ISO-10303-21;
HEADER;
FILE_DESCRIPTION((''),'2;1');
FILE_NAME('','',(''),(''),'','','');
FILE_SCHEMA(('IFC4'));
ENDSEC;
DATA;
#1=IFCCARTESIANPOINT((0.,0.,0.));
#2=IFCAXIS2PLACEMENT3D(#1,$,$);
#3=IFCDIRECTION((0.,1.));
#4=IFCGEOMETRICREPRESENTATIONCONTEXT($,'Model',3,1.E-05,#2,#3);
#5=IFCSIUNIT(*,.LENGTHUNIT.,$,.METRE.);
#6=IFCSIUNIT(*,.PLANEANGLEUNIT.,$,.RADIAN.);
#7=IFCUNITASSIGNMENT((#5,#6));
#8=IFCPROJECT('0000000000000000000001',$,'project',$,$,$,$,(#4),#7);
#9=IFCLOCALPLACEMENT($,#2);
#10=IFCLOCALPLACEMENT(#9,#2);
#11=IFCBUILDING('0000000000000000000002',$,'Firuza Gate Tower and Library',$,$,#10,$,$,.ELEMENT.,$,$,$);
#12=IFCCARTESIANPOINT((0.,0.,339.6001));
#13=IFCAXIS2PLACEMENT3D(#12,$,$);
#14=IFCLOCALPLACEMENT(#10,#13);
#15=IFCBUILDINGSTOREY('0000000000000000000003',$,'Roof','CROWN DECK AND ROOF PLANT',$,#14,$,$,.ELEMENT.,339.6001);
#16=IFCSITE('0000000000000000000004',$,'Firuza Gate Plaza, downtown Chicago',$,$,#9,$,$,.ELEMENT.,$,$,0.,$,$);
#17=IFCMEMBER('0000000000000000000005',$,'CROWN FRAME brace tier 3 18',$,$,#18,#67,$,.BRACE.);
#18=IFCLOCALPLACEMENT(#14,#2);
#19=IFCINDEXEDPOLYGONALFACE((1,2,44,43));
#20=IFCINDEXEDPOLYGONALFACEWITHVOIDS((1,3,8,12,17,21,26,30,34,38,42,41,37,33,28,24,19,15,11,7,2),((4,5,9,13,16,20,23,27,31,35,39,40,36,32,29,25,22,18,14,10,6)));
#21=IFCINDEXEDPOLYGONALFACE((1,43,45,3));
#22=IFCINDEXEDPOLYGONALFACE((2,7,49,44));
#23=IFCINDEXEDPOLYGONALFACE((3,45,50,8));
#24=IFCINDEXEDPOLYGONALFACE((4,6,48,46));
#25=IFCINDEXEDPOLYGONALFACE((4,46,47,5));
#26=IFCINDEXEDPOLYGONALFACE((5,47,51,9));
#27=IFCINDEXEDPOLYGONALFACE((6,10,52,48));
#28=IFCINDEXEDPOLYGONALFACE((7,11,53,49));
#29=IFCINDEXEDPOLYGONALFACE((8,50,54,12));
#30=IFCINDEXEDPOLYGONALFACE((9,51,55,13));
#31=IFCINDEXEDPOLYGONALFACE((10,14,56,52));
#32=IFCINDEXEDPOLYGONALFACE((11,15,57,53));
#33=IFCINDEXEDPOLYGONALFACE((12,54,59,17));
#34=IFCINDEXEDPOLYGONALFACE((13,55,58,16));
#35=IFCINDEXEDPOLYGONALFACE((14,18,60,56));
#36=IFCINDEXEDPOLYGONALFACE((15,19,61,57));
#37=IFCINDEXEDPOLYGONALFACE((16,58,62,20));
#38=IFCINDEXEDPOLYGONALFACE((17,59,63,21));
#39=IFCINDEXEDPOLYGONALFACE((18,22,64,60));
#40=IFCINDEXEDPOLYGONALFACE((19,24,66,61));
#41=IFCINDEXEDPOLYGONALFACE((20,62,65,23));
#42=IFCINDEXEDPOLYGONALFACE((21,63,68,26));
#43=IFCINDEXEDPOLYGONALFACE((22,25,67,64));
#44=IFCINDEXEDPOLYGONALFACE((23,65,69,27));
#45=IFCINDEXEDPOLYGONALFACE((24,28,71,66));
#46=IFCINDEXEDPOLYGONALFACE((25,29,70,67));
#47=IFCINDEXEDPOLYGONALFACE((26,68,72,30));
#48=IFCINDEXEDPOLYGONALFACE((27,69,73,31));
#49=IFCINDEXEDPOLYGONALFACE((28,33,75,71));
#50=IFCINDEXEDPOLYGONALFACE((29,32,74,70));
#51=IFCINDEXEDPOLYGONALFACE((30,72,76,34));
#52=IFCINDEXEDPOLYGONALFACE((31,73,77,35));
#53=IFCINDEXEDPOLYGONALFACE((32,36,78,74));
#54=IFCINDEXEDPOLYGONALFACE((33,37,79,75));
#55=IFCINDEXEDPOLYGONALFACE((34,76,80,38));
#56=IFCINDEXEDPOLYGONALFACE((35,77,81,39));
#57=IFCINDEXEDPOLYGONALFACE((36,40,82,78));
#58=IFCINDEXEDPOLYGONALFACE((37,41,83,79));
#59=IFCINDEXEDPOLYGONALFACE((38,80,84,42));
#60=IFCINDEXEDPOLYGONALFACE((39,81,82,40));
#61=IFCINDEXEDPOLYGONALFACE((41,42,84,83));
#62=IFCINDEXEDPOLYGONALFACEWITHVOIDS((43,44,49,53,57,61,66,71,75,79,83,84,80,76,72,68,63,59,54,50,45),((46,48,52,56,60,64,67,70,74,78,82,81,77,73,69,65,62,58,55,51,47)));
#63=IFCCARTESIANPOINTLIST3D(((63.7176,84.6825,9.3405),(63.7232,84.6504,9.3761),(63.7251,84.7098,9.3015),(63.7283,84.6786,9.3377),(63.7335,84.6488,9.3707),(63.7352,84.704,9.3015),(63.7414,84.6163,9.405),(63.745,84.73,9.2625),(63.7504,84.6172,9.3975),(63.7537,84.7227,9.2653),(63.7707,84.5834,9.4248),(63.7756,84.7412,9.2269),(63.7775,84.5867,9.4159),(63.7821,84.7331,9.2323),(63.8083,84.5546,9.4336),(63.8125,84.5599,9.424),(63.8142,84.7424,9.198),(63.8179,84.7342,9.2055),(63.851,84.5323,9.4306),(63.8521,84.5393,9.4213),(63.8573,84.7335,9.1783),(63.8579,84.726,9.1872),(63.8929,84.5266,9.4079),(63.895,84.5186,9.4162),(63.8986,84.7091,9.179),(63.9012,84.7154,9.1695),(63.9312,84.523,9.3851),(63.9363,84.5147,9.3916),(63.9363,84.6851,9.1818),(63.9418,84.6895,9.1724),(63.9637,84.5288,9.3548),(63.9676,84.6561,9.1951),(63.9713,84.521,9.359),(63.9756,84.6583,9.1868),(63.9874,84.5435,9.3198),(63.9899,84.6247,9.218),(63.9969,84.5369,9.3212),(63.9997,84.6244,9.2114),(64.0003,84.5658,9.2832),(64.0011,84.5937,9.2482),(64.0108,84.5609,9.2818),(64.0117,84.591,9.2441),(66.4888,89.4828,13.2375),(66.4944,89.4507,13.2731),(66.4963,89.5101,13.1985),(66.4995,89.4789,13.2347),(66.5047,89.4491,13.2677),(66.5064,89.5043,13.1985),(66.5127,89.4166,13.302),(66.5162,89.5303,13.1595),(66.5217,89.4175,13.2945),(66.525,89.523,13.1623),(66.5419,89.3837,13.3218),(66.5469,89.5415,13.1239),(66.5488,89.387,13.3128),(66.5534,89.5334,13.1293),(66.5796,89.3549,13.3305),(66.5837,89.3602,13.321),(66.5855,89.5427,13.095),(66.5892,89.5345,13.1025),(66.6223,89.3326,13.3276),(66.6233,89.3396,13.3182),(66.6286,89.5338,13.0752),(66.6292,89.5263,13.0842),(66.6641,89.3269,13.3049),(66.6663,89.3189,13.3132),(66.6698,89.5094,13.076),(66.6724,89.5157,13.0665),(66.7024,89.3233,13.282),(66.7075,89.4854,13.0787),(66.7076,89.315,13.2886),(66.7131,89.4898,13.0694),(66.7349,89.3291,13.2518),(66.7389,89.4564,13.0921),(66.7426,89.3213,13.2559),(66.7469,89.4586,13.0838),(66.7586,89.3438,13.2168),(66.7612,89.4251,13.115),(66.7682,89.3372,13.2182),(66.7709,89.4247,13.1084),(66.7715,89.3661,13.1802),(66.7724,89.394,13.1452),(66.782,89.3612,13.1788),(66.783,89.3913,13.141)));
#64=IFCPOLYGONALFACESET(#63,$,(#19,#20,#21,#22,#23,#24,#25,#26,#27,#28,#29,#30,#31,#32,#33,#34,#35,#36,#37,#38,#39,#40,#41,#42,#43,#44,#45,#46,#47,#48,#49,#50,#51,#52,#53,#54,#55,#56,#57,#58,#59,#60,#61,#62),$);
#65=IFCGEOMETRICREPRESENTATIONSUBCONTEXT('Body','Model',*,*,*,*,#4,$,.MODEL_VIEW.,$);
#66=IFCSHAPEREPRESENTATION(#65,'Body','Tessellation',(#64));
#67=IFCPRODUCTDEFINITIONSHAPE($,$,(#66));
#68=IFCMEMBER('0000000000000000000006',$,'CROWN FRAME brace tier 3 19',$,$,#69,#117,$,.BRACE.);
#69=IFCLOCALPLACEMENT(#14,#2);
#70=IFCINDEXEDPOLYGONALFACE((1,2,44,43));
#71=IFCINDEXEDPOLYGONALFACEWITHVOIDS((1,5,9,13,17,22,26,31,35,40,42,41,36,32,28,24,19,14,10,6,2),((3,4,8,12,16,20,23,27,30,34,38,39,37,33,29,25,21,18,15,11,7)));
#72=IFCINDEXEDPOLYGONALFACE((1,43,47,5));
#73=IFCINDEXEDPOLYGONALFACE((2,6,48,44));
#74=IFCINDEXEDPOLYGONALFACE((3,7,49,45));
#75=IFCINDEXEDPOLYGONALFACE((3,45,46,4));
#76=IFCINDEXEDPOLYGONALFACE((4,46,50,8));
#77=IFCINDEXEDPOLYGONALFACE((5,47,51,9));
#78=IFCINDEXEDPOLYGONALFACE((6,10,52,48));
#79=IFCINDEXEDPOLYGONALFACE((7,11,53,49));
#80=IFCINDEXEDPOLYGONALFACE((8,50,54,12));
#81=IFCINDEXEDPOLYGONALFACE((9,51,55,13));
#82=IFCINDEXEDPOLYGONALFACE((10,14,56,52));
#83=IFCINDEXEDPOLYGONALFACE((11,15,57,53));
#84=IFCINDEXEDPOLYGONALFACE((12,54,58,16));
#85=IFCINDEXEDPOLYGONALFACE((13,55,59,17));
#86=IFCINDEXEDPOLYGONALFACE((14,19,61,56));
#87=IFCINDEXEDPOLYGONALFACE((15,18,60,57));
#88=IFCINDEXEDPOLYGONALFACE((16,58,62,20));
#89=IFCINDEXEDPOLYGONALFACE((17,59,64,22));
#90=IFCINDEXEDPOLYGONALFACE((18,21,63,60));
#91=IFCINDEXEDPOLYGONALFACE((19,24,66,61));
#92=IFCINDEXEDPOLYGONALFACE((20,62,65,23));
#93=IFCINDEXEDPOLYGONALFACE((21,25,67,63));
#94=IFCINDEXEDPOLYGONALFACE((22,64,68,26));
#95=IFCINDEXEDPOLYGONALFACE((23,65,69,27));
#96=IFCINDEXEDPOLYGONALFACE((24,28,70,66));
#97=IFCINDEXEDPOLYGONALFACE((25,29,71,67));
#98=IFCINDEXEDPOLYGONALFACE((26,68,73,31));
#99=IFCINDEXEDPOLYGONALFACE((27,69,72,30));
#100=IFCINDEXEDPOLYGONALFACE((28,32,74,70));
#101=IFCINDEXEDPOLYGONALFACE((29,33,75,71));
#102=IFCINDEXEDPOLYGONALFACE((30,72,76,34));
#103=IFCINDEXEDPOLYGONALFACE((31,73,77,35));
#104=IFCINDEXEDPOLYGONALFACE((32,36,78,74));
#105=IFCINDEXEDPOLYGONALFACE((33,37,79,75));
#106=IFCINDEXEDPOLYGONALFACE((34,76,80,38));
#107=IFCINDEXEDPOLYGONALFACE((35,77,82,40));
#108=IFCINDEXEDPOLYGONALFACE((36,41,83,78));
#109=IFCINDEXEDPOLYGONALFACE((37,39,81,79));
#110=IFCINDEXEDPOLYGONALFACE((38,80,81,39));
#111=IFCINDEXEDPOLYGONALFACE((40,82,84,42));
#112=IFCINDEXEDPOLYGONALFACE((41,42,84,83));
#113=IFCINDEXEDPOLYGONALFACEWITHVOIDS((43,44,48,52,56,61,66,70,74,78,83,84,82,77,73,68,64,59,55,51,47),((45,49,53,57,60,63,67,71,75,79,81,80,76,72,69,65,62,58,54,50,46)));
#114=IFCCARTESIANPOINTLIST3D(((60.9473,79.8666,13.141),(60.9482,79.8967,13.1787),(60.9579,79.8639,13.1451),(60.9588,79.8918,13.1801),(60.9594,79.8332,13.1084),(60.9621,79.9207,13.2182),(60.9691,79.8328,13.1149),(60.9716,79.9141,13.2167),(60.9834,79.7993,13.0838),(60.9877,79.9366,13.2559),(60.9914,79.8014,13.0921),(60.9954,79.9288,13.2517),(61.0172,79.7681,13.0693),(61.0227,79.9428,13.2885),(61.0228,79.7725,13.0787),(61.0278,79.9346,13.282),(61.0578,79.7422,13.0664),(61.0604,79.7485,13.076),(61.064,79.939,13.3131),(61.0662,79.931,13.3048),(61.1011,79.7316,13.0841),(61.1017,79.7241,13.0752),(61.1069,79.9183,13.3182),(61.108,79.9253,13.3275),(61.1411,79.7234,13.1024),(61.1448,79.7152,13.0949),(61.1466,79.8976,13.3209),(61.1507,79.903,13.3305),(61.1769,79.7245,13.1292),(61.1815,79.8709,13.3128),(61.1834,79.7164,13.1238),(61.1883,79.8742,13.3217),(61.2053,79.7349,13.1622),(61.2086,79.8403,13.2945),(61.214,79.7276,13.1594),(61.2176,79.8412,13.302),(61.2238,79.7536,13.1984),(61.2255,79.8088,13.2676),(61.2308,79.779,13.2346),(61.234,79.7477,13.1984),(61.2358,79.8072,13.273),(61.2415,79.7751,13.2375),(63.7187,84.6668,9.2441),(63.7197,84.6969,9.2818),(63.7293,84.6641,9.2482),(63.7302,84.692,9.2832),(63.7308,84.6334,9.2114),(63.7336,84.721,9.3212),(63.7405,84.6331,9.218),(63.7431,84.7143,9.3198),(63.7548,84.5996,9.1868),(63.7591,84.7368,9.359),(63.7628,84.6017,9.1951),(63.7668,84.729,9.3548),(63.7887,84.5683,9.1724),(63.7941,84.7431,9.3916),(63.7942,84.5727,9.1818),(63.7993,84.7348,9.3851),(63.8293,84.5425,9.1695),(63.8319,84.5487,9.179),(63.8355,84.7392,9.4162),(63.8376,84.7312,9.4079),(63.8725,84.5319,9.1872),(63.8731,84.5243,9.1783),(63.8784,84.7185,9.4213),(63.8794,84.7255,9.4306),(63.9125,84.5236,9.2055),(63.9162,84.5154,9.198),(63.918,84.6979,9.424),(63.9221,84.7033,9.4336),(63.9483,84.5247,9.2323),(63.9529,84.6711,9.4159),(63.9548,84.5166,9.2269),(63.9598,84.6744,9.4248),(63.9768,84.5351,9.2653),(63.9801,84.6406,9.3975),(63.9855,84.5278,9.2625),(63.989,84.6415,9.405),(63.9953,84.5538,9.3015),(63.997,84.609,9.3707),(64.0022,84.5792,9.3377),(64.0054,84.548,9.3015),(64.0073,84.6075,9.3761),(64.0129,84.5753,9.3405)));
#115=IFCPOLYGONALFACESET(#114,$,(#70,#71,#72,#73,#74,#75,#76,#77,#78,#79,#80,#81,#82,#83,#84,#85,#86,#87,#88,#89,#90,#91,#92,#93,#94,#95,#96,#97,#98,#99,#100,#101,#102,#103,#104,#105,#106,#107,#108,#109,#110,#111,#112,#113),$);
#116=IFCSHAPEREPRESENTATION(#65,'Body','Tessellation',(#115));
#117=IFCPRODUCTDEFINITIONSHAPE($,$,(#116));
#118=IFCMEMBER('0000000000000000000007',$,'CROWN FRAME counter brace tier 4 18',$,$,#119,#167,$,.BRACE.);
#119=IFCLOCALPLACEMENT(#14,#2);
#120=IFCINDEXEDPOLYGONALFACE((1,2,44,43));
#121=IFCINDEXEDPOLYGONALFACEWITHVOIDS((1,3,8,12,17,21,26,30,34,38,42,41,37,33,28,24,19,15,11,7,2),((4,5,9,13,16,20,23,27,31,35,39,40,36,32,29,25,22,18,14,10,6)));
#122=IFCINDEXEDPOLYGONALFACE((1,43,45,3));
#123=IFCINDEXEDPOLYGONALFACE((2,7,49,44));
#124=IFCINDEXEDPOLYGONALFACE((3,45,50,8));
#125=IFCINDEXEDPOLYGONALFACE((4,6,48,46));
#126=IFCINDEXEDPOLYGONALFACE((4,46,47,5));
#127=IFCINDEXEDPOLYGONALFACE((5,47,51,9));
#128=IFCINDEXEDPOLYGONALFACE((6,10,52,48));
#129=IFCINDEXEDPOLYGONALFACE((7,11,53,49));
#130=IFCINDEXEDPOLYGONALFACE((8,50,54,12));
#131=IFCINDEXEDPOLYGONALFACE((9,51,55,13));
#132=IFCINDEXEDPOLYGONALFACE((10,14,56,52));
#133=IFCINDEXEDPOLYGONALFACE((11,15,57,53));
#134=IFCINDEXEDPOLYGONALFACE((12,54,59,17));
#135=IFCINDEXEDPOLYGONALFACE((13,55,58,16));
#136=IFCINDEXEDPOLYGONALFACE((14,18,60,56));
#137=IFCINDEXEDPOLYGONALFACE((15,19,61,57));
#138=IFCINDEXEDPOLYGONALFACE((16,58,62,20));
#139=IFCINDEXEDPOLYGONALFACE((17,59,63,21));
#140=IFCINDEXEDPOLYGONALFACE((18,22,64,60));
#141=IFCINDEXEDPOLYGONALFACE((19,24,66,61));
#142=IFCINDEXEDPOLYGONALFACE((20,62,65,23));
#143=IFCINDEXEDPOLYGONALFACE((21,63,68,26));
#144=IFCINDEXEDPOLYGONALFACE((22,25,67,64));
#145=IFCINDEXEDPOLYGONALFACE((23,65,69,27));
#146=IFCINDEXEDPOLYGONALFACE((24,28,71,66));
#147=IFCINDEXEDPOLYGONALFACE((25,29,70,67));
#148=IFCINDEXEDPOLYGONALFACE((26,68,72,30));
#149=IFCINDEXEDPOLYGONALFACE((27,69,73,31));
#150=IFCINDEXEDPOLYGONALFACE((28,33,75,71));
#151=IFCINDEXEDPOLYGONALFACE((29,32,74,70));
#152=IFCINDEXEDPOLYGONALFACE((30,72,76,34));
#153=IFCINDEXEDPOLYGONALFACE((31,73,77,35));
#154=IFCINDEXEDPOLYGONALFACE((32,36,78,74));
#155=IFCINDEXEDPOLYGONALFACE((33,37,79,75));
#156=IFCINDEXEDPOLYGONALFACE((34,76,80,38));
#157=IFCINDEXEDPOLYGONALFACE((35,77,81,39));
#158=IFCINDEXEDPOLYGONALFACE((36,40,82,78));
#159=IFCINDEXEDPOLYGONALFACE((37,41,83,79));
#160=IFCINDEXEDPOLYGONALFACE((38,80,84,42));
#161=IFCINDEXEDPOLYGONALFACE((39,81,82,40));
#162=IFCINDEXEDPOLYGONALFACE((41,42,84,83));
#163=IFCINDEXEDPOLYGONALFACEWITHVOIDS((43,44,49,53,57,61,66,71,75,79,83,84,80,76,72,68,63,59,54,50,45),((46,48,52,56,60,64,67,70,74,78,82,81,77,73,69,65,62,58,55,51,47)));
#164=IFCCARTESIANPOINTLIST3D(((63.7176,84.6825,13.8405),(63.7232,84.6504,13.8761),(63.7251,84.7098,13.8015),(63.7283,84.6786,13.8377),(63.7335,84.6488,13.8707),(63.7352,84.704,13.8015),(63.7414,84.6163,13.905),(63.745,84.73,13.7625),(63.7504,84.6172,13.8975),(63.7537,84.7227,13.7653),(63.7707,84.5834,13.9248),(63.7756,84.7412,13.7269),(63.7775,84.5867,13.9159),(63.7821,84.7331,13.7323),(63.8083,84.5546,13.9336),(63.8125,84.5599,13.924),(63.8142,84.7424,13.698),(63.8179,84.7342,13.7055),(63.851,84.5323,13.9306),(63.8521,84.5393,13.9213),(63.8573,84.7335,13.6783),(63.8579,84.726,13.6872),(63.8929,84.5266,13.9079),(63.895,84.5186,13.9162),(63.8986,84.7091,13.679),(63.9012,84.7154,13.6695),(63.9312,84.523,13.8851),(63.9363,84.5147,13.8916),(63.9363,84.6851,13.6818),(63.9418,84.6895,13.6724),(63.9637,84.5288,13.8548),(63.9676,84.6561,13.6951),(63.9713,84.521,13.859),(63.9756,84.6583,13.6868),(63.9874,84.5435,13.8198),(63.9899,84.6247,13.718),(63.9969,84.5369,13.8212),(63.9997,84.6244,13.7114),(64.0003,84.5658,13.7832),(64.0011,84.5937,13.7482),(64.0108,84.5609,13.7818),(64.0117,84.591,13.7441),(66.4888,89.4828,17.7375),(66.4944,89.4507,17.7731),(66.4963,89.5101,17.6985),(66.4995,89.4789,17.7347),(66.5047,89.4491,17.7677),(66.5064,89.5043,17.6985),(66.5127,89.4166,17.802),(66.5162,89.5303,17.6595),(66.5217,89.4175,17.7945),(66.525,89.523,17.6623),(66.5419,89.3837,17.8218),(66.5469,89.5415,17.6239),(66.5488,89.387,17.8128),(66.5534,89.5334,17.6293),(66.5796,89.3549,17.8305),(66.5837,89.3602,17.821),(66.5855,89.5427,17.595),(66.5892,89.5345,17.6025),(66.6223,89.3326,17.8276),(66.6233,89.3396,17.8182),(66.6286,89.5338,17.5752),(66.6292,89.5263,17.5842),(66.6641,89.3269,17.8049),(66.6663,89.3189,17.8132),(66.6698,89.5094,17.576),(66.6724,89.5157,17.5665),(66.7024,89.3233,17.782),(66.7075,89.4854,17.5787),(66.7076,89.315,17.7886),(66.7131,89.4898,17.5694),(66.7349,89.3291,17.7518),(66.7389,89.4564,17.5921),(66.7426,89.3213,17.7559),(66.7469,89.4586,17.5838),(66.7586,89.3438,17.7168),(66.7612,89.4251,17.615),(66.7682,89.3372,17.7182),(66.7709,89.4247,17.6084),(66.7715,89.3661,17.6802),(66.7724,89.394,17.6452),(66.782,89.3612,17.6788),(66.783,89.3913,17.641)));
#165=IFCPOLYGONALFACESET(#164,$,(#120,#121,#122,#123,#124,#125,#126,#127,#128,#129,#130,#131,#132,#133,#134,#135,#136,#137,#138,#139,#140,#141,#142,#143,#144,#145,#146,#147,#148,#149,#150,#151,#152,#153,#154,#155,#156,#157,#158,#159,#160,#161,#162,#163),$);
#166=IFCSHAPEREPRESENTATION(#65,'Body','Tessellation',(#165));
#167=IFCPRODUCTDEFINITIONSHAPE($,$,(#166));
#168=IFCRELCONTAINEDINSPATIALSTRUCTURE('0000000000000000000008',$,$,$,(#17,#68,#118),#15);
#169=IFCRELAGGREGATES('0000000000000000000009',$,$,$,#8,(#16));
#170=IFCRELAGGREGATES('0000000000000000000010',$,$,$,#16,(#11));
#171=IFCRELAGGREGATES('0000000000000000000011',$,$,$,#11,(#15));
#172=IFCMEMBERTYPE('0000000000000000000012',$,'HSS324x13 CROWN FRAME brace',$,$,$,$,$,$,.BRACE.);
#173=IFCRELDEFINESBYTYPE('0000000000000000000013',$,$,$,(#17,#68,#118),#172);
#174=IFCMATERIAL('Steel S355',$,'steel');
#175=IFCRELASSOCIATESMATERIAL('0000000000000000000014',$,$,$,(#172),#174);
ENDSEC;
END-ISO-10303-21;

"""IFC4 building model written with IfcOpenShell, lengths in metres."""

from ifc_helpers import new_model, si_unit, direction, frame, origin, origin_2d, place, context, subcontext, project, spatial, hollow_circle, extrude, material, material_profile, profile_set, type_object, element, save


model = new_model("IFC4")

# Units and contexts
model_context = context("Model", 3, precision=1e-05, world=origin(), true_north=direction((0.0, 1.0)))
body_context = subcontext(model_context, "Body", "Model", "MODEL_VIEW")
ifc_project = project(units=[si_unit("LENGTHUNIT", "METRE"), si_unit("PLANEANGLEUNIT", "RADIAN")], contexts=[model_context])

# Site, building, storey
site_placement = place(None, origin())
site = spatial("IfcSite", under=ifc_project, at=site_placement, Name="Firuza Gate Plaza, downtown Chicago", CompositionType="ELEMENT", RefElevation=0.0)
building_placement = place(site_placement, origin())
building = spatial("IfcBuilding", under=site, at=building_placement, Name="Firuza Gate Tower and Library", CompositionType="ELEMENT")
storey_placement = place(building_placement, frame((0.0, 0.0, 339.6001)))
storey = spatial("IfcBuildingStorey", under=building, at=storey_placement, Name="Roof", Description="CROWN DECK AND ROOF PLANT", CompositionType="ELEMENT", Elevation=339.6001)

# Members
ifc_material_1 = material(Name="Steel S355", Category="steel")
ifc_material_profile_1 = material_profile(ifc_material_1, hollow_circle(Radius=0.1619, WallThickness=0.0117, at=origin_2d()))
ifc_profile_set_1 = profile_set([ifc_material_profile_1], Name="Steel S355")
member_type_1 = type_object("IfcMemberType", Name="HSS324x13 CROWN FRAME brace", PredefinedType="BRACE", material=ifc_profile_set_1)
for number, where, z_axis, x_axis, name in (
    (1, (63.8652, 84.6289, 9.3015), (0.409002, 0.708466, 0.575147), (-0.866042, 0.499972, 0.0), "CROWN FRAME brace tier 3 18"),
    (2, (63.8652, 84.6289, 9.3015), (-0.409032, -0.708455, 0.575138), (0.866023, -0.500005, 0.0), "CROWN FRAME brace tier 3 19"),
    (3, (63.8652, 84.6289, 13.8015), (0.409002, 0.708466, 0.575147), (-0.866042, 0.499972, 0.0), "CROWN FRAME counter brace tier 4 18"),
):
    element("IfcMember", number, at=place(storey_placement, frame(where, z_axis=z_axis, x_axis=x_axis)), inside=storey, type_object=member_type_1, Name=name, PredefinedType="BRACE", context=body_context, shape_type="SweptSolid", body=[
        extrude(hollow_circle(Radius=0.1619, WallThickness=0.0117, at=origin_2d()), origin(), (0.0, 0.0, 1.0), 6.7756),
    ])

save(model, "model.ifc")
